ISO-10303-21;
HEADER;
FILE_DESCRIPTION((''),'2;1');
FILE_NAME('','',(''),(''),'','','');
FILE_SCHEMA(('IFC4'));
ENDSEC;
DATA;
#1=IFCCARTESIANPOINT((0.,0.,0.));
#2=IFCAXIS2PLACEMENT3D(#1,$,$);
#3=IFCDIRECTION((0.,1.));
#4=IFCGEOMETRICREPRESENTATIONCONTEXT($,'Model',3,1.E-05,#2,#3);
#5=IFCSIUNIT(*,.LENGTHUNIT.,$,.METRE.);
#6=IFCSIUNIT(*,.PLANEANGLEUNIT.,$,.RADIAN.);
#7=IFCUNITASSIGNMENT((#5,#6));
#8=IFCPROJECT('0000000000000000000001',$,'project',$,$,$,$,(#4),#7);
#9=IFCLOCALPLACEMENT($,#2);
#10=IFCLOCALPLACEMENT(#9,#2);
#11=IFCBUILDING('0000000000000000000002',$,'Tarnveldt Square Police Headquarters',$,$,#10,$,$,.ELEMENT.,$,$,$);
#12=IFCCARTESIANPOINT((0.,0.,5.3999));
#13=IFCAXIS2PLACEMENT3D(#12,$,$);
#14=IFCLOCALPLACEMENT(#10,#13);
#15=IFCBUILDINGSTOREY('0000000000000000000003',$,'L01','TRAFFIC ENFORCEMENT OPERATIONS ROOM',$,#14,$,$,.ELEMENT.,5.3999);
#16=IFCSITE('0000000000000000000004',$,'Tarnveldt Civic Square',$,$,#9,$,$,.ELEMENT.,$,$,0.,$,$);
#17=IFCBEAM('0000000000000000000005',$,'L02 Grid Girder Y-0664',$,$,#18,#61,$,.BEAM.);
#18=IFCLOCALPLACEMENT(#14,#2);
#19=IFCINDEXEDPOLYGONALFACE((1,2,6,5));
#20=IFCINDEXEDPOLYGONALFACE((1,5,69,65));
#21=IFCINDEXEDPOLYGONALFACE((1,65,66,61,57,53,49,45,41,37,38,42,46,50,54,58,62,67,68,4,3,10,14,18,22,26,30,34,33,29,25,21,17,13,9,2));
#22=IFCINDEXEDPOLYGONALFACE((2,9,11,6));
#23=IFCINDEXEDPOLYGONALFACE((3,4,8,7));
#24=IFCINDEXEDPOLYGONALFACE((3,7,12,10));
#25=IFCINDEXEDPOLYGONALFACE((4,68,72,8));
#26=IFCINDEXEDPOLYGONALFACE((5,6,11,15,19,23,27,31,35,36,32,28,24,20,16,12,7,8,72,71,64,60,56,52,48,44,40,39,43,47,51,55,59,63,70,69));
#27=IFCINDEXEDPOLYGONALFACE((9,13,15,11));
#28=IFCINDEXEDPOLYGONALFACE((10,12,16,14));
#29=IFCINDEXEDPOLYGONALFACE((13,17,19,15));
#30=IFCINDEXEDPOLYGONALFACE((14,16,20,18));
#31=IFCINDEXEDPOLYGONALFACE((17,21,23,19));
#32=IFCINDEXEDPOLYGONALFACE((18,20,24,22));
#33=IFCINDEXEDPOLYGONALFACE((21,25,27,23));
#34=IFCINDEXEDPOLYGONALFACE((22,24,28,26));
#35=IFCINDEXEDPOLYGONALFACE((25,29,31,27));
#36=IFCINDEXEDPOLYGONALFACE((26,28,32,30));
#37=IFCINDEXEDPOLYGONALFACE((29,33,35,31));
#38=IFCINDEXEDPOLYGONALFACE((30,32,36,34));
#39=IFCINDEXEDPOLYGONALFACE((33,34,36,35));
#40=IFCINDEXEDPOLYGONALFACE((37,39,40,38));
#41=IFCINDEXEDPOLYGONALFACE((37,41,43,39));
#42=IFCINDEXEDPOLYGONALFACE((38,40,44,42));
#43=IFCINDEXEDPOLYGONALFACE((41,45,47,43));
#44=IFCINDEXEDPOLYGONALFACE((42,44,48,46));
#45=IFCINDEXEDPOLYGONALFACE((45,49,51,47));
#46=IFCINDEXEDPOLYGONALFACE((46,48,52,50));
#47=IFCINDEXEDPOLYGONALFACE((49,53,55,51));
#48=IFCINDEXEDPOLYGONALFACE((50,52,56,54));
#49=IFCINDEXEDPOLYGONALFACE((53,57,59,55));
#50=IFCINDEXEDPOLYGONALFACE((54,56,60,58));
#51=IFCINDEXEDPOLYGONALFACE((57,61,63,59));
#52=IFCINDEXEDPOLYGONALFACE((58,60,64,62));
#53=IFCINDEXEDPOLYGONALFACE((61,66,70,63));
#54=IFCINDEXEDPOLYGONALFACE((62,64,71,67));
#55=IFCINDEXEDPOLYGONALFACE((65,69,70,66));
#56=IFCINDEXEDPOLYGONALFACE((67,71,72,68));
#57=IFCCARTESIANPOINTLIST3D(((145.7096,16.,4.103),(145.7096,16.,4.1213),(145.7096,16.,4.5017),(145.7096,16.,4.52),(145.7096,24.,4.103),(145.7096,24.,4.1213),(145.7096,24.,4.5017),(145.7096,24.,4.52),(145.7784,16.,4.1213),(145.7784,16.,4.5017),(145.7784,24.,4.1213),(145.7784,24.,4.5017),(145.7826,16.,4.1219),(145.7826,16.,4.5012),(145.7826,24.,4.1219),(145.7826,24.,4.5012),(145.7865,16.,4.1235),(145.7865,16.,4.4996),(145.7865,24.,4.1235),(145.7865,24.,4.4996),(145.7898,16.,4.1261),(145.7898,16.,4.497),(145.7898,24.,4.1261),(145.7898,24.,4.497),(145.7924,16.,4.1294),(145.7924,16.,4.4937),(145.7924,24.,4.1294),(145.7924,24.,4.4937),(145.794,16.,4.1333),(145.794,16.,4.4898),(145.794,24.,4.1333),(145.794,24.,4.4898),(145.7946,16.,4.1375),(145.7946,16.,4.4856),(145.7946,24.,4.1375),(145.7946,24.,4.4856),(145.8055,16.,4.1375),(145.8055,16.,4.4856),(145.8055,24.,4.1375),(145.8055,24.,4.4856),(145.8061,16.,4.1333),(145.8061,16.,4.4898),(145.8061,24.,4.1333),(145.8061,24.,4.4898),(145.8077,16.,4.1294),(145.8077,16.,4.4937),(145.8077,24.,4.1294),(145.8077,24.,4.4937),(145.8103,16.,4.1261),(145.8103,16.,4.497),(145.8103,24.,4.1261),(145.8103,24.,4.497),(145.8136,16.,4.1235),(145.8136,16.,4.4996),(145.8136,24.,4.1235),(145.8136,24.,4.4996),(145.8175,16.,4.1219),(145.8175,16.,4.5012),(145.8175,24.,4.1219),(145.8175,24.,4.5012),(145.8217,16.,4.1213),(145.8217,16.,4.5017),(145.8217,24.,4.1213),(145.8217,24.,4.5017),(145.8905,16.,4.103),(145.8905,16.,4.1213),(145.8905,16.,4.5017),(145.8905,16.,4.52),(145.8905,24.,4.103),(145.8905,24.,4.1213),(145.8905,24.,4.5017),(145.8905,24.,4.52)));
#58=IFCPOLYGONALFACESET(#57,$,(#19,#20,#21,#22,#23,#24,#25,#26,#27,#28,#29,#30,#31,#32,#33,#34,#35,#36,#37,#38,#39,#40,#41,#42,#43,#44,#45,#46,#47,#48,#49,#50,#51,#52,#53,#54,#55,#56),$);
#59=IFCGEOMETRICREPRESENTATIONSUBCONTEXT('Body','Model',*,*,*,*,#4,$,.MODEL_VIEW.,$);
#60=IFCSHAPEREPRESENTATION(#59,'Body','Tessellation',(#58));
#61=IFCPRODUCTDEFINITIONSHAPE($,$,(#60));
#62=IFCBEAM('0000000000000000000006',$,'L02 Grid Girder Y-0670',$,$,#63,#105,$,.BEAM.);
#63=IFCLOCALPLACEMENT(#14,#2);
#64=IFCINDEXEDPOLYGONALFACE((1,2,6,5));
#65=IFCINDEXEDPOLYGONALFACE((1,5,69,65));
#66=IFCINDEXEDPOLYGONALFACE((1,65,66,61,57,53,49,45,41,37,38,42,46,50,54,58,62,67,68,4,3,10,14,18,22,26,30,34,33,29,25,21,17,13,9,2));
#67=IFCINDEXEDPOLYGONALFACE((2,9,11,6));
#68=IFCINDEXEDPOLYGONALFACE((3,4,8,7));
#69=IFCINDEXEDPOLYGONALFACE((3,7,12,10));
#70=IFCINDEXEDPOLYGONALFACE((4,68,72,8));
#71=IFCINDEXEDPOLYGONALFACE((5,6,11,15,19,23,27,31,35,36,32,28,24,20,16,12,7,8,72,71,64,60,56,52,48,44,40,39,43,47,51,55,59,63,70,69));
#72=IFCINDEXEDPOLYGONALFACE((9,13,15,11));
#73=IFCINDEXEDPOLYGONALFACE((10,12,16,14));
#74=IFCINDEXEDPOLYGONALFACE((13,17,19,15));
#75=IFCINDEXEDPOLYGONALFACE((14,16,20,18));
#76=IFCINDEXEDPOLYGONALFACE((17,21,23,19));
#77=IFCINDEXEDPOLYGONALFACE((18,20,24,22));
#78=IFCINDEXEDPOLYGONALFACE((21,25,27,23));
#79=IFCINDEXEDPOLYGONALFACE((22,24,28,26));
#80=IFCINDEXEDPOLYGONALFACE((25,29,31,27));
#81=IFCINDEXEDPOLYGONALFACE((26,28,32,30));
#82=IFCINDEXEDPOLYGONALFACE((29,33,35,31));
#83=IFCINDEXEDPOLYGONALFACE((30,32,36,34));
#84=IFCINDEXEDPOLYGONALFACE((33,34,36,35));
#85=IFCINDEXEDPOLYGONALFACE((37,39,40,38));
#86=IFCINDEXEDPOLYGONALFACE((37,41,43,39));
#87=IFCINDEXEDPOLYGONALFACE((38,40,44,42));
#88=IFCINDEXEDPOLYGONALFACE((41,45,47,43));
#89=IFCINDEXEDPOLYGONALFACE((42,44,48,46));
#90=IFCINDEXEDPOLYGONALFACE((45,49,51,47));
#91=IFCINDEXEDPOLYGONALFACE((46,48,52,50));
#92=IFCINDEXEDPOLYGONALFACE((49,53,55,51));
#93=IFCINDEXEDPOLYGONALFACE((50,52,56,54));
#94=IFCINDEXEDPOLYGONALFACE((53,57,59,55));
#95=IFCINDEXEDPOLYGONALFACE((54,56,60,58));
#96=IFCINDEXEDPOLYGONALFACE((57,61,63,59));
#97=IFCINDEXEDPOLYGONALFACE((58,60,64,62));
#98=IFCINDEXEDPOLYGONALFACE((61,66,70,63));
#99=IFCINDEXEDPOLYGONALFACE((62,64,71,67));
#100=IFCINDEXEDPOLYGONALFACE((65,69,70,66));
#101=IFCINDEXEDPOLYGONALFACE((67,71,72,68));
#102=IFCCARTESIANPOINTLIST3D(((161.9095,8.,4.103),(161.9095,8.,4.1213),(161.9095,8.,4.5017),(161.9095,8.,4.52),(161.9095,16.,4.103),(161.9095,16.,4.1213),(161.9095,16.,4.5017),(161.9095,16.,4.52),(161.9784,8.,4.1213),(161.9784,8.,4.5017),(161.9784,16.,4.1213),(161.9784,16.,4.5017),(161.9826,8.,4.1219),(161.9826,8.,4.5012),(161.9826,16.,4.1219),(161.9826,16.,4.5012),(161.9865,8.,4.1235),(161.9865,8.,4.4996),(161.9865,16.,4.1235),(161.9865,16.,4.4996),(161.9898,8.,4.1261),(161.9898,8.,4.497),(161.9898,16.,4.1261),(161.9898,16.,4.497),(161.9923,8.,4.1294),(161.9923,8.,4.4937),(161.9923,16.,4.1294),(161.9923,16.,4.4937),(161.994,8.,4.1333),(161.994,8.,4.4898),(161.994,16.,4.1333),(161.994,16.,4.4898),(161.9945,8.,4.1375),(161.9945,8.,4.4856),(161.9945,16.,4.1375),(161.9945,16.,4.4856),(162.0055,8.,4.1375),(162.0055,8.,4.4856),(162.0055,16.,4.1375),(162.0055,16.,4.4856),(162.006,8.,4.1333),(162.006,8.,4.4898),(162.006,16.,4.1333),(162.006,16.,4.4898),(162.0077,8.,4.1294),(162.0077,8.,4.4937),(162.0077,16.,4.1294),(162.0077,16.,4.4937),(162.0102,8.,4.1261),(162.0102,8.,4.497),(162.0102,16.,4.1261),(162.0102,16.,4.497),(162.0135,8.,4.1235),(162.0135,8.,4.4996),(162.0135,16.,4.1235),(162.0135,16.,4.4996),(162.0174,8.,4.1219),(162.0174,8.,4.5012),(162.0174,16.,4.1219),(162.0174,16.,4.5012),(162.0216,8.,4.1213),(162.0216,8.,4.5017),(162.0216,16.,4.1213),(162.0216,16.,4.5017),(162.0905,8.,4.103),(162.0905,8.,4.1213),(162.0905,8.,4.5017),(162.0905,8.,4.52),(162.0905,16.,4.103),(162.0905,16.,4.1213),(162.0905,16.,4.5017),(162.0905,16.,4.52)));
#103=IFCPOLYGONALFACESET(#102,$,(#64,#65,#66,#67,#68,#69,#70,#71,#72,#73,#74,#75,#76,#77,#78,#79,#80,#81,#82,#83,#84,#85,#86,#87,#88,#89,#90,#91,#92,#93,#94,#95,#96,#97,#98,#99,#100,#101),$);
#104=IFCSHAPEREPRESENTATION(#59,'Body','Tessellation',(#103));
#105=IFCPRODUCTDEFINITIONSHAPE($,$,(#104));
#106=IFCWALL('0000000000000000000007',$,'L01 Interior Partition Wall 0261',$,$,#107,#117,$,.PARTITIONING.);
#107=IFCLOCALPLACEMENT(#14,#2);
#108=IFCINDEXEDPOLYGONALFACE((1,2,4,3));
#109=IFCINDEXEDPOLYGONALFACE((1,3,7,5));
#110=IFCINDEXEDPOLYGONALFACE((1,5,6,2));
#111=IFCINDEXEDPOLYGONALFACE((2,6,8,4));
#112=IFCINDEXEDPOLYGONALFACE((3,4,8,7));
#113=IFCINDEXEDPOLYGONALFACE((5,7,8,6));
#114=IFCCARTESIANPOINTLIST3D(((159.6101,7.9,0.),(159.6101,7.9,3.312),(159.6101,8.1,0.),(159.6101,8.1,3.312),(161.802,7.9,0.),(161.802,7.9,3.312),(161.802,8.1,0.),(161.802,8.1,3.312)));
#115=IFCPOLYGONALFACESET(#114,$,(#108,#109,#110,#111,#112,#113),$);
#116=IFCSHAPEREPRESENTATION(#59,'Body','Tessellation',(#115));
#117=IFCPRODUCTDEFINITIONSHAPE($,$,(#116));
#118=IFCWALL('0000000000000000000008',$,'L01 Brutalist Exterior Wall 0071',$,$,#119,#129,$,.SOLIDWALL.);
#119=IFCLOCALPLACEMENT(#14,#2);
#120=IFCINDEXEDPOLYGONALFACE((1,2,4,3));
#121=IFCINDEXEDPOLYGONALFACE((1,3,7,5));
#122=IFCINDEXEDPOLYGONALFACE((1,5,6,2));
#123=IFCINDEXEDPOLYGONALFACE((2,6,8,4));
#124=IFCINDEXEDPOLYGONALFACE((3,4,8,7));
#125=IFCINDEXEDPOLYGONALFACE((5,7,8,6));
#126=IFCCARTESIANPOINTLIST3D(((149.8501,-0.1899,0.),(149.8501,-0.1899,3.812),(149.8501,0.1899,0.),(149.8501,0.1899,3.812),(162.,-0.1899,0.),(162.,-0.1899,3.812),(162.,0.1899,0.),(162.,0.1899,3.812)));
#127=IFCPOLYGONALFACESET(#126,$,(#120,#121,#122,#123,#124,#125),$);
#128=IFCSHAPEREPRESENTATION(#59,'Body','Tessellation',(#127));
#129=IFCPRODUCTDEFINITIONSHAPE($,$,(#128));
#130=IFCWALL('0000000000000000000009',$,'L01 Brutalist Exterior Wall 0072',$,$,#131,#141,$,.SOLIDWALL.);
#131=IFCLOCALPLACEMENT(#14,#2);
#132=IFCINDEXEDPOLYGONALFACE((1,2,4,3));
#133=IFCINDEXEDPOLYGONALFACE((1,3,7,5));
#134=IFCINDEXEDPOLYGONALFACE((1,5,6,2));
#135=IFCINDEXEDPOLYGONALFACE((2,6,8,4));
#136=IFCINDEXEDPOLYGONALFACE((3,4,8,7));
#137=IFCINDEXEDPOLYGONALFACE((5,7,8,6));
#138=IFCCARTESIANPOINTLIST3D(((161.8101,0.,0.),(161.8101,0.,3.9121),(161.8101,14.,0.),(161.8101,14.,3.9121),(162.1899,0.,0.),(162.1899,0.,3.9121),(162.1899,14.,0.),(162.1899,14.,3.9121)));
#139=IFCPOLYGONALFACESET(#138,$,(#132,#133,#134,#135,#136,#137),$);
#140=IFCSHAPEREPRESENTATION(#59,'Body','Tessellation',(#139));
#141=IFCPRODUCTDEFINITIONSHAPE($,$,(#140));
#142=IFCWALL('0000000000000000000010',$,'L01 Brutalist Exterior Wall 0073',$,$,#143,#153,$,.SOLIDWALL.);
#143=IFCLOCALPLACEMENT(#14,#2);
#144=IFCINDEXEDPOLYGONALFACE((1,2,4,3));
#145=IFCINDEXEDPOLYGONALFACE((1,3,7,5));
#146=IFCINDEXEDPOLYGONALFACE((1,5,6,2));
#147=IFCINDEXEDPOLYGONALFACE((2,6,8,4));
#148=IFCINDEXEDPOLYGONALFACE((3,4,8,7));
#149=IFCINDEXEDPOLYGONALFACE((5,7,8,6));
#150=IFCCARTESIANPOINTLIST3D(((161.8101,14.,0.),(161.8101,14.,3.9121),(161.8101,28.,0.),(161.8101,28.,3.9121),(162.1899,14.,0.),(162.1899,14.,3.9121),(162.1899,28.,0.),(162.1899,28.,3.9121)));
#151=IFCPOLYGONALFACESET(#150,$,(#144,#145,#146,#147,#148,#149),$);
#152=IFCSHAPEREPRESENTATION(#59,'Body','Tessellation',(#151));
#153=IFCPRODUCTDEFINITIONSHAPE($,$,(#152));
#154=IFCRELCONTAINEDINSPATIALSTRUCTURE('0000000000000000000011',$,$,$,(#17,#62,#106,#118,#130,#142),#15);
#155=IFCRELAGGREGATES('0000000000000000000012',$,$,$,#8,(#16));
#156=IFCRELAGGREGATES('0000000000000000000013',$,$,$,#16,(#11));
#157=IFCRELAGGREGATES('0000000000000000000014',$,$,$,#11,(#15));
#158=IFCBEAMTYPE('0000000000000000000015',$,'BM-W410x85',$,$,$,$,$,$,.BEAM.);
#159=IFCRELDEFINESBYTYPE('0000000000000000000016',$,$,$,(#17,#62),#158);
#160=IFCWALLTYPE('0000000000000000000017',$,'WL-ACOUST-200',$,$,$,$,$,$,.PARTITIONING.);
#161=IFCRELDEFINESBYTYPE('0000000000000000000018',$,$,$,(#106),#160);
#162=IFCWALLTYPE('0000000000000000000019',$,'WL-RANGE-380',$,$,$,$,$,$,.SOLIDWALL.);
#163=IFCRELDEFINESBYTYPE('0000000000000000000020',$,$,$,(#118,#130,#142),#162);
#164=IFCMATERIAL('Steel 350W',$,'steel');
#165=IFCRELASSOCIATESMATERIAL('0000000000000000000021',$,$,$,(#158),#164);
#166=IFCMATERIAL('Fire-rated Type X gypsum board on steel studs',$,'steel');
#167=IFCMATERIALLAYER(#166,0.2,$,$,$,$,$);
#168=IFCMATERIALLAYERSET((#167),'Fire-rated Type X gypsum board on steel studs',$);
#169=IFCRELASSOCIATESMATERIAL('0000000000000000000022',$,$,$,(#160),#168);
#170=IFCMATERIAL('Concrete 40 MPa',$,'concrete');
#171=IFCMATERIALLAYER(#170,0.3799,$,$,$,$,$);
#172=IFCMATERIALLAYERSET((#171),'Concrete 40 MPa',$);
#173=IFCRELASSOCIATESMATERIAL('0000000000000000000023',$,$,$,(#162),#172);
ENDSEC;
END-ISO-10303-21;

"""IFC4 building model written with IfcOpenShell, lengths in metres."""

from ifc_helpers import new_model, si_unit, direction, frame, frame_2d, origin, origin_2d, place, context, subcontext, project, spatial, rectangle, i_section, extrude, material, layer, layer_set, material_profile, profile_set, type_object, element, save


model = new_model("IFC4")

# Units and contexts
model_context = context("Model", 3, precision=1e-05, world=origin(), true_north=direction((0.0, 1.0)))
body_context = subcontext(model_context, "Body", "Model", "MODEL_VIEW")
ifc_project = project(units=[si_unit("LENGTHUNIT", "METRE"), si_unit("PLANEANGLEUNIT", "RADIAN")], contexts=[model_context])

# Site, building, storey
site_placement = place(None, origin())
site = spatial("IfcSite", under=ifc_project, at=site_placement, Name="Tarnveldt Civic Square", CompositionType="ELEMENT", RefElevation=0.0)
building_placement = place(site_placement, origin())
building = spatial("IfcBuilding", under=site, at=building_placement, Name="Tarnveldt Square Police Headquarters", CompositionType="ELEMENT")
storey_placement = place(building_placement, frame((0.0, 0.0, 5.3999)))
storey = spatial("IfcBuildingStorey", under=building, at=storey_placement, Name="L01", Description="TRAFFIC ENFORCEMENT OPERATIONS ROOM", CompositionType="ELEMENT", Elevation=5.3999)

# Shared definitions
ifc_material_1 = material(Name="Steel 350W", Category="steel")

# Beams
ifc_material_2 = material(Name="Concrete 40 MPa", Category="concrete")
ifc_material_profile_1 = material_profile(ifc_material_1, i_section(OverallWidth=0.1809, OverallDepth=0.417, WebThickness=0.011, FlangeThickness=0.0183, FilletRadius=0.0161, at=origin_2d()), Name="W410x85")
ifc_profile_set_1 = profile_set([ifc_material_profile_1], Name="Steel 350W")
beam_type_1 = type_object("IfcBeamType", Name="BM-W410x85", PredefinedType="BEAM", material=ifc_profile_set_1)
for number, where, z_axis, x_axis, name in (
    (1, (145.8, 16.0, 4.3115), (0.0, 1.0, 0.0), (-1.0, 0.0, 0.0), "L02 Grid Girder Y-0664"),
    (2, (162.0, 8.0, 4.3115), (0.0, 1.0, 0.0), (-1.0, 0.0, 0.0), "L02 Grid Girder Y-0670"),
):
    element("IfcBeam", number, at=place(storey_placement, frame(where, z_axis=z_axis, x_axis=x_axis)), inside=storey, type_object=beam_type_1, Name=name, PredefinedType="BEAM", context=body_context, shape_type="SweptSolid", body=[
        extrude(i_section(OverallWidth=0.1809, OverallDepth=0.417, WebThickness=0.011, FlangeThickness=0.0183, FilletRadius=0.0161, at=origin_2d()), origin(), (0.0, 0.0, 1.0), 8.0),
    ])

# Walls
ifc_material_3 = material(Name="Fire-rated Type X gypsum board on steel studs", Category="steel")
ifc_layer_1 = layer(ifc_material_3, 0.2)
ifc_layer_set_1 = layer_set([ifc_layer_1], Name="Fire-rated Type X gypsum board on steel studs")
wall_type_1 = type_object("IfcWallType", Name="WL-ACOUST-200", PredefinedType="PARTITIONING", material=ifc_layer_set_1)
wall_1_placement = place(storey_placement, frame((159.6101, 8.0, 0.0), z_axis=(0.0, 0.0, 1.0), x_axis=(1.0, 0.0, 0.0)))
element("IfcWall", 3, at=wall_1_placement, inside=storey, type_object=wall_type_1, Name="L01 Interior Partition Wall 0261", PredefinedType="PARTITIONING", context=body_context, shape_type="SweptSolid", body=[
    extrude(rectangle(XDim=2.1919, YDim=0.2, at=frame_2d((1.0959, 0.0))), origin(), (0.0, 0.0, 1.0), 3.312),
])
ifc_layer_2 = layer(ifc_material_2, 0.3799)
ifc_layer_set_2 = layer_set([ifc_layer_2], Name="Concrete 40 MPa")
wall_type_2 = type_object("IfcWallType", Name="WL-RANGE-380", PredefinedType="SOLIDWALL", material=ifc_layer_set_2)
wall_2_placement = place(storey_placement, frame((149.8501, 0.0, 0.0), z_axis=(0.0, 0.0, 1.0), x_axis=(1.0, 0.0, 0.0)))
element("IfcWall", 4, at=wall_2_placement, inside=storey, type_object=wall_type_2, Name="L01 Brutalist Exterior Wall 0071", PredefinedType="SOLIDWALL", context=body_context, shape_type="SweptSolid", body=[
    extrude(rectangle(XDim=12.1499, YDim=0.3799, at=frame_2d((6.075, 0.0))), origin(), (0.0, 0.0, 1.0), 3.812),
])
for number, where, z_axis, x_axis, name in (
    (5, (162.0, 0.0, 0.0), (0.0, 0.0, 1.0), (0.0, 1.0, 0.0), "L01 Brutalist Exterior Wall 0072"),
    (6, (162.0, 14.0, 0.0), (0.0, 0.0, 1.0), (0.0, 1.0, 0.0), "L01 Brutalist Exterior Wall 0073"),
):
    element("IfcWall", number, at=place(storey_placement, frame(where, z_axis=z_axis, x_axis=x_axis)), inside=storey, type_object=wall_type_2, Name=name, PredefinedType="SOLIDWALL", context=body_context, shape_type="SweptSolid", body=[
        extrude(rectangle(XDim=14.0, YDim=0.3799, at=frame_2d((7.0, 0.0))), origin(), (0.0, 0.0, 1.0), 3.9121),
    ])

save(model, "model.ifc")
